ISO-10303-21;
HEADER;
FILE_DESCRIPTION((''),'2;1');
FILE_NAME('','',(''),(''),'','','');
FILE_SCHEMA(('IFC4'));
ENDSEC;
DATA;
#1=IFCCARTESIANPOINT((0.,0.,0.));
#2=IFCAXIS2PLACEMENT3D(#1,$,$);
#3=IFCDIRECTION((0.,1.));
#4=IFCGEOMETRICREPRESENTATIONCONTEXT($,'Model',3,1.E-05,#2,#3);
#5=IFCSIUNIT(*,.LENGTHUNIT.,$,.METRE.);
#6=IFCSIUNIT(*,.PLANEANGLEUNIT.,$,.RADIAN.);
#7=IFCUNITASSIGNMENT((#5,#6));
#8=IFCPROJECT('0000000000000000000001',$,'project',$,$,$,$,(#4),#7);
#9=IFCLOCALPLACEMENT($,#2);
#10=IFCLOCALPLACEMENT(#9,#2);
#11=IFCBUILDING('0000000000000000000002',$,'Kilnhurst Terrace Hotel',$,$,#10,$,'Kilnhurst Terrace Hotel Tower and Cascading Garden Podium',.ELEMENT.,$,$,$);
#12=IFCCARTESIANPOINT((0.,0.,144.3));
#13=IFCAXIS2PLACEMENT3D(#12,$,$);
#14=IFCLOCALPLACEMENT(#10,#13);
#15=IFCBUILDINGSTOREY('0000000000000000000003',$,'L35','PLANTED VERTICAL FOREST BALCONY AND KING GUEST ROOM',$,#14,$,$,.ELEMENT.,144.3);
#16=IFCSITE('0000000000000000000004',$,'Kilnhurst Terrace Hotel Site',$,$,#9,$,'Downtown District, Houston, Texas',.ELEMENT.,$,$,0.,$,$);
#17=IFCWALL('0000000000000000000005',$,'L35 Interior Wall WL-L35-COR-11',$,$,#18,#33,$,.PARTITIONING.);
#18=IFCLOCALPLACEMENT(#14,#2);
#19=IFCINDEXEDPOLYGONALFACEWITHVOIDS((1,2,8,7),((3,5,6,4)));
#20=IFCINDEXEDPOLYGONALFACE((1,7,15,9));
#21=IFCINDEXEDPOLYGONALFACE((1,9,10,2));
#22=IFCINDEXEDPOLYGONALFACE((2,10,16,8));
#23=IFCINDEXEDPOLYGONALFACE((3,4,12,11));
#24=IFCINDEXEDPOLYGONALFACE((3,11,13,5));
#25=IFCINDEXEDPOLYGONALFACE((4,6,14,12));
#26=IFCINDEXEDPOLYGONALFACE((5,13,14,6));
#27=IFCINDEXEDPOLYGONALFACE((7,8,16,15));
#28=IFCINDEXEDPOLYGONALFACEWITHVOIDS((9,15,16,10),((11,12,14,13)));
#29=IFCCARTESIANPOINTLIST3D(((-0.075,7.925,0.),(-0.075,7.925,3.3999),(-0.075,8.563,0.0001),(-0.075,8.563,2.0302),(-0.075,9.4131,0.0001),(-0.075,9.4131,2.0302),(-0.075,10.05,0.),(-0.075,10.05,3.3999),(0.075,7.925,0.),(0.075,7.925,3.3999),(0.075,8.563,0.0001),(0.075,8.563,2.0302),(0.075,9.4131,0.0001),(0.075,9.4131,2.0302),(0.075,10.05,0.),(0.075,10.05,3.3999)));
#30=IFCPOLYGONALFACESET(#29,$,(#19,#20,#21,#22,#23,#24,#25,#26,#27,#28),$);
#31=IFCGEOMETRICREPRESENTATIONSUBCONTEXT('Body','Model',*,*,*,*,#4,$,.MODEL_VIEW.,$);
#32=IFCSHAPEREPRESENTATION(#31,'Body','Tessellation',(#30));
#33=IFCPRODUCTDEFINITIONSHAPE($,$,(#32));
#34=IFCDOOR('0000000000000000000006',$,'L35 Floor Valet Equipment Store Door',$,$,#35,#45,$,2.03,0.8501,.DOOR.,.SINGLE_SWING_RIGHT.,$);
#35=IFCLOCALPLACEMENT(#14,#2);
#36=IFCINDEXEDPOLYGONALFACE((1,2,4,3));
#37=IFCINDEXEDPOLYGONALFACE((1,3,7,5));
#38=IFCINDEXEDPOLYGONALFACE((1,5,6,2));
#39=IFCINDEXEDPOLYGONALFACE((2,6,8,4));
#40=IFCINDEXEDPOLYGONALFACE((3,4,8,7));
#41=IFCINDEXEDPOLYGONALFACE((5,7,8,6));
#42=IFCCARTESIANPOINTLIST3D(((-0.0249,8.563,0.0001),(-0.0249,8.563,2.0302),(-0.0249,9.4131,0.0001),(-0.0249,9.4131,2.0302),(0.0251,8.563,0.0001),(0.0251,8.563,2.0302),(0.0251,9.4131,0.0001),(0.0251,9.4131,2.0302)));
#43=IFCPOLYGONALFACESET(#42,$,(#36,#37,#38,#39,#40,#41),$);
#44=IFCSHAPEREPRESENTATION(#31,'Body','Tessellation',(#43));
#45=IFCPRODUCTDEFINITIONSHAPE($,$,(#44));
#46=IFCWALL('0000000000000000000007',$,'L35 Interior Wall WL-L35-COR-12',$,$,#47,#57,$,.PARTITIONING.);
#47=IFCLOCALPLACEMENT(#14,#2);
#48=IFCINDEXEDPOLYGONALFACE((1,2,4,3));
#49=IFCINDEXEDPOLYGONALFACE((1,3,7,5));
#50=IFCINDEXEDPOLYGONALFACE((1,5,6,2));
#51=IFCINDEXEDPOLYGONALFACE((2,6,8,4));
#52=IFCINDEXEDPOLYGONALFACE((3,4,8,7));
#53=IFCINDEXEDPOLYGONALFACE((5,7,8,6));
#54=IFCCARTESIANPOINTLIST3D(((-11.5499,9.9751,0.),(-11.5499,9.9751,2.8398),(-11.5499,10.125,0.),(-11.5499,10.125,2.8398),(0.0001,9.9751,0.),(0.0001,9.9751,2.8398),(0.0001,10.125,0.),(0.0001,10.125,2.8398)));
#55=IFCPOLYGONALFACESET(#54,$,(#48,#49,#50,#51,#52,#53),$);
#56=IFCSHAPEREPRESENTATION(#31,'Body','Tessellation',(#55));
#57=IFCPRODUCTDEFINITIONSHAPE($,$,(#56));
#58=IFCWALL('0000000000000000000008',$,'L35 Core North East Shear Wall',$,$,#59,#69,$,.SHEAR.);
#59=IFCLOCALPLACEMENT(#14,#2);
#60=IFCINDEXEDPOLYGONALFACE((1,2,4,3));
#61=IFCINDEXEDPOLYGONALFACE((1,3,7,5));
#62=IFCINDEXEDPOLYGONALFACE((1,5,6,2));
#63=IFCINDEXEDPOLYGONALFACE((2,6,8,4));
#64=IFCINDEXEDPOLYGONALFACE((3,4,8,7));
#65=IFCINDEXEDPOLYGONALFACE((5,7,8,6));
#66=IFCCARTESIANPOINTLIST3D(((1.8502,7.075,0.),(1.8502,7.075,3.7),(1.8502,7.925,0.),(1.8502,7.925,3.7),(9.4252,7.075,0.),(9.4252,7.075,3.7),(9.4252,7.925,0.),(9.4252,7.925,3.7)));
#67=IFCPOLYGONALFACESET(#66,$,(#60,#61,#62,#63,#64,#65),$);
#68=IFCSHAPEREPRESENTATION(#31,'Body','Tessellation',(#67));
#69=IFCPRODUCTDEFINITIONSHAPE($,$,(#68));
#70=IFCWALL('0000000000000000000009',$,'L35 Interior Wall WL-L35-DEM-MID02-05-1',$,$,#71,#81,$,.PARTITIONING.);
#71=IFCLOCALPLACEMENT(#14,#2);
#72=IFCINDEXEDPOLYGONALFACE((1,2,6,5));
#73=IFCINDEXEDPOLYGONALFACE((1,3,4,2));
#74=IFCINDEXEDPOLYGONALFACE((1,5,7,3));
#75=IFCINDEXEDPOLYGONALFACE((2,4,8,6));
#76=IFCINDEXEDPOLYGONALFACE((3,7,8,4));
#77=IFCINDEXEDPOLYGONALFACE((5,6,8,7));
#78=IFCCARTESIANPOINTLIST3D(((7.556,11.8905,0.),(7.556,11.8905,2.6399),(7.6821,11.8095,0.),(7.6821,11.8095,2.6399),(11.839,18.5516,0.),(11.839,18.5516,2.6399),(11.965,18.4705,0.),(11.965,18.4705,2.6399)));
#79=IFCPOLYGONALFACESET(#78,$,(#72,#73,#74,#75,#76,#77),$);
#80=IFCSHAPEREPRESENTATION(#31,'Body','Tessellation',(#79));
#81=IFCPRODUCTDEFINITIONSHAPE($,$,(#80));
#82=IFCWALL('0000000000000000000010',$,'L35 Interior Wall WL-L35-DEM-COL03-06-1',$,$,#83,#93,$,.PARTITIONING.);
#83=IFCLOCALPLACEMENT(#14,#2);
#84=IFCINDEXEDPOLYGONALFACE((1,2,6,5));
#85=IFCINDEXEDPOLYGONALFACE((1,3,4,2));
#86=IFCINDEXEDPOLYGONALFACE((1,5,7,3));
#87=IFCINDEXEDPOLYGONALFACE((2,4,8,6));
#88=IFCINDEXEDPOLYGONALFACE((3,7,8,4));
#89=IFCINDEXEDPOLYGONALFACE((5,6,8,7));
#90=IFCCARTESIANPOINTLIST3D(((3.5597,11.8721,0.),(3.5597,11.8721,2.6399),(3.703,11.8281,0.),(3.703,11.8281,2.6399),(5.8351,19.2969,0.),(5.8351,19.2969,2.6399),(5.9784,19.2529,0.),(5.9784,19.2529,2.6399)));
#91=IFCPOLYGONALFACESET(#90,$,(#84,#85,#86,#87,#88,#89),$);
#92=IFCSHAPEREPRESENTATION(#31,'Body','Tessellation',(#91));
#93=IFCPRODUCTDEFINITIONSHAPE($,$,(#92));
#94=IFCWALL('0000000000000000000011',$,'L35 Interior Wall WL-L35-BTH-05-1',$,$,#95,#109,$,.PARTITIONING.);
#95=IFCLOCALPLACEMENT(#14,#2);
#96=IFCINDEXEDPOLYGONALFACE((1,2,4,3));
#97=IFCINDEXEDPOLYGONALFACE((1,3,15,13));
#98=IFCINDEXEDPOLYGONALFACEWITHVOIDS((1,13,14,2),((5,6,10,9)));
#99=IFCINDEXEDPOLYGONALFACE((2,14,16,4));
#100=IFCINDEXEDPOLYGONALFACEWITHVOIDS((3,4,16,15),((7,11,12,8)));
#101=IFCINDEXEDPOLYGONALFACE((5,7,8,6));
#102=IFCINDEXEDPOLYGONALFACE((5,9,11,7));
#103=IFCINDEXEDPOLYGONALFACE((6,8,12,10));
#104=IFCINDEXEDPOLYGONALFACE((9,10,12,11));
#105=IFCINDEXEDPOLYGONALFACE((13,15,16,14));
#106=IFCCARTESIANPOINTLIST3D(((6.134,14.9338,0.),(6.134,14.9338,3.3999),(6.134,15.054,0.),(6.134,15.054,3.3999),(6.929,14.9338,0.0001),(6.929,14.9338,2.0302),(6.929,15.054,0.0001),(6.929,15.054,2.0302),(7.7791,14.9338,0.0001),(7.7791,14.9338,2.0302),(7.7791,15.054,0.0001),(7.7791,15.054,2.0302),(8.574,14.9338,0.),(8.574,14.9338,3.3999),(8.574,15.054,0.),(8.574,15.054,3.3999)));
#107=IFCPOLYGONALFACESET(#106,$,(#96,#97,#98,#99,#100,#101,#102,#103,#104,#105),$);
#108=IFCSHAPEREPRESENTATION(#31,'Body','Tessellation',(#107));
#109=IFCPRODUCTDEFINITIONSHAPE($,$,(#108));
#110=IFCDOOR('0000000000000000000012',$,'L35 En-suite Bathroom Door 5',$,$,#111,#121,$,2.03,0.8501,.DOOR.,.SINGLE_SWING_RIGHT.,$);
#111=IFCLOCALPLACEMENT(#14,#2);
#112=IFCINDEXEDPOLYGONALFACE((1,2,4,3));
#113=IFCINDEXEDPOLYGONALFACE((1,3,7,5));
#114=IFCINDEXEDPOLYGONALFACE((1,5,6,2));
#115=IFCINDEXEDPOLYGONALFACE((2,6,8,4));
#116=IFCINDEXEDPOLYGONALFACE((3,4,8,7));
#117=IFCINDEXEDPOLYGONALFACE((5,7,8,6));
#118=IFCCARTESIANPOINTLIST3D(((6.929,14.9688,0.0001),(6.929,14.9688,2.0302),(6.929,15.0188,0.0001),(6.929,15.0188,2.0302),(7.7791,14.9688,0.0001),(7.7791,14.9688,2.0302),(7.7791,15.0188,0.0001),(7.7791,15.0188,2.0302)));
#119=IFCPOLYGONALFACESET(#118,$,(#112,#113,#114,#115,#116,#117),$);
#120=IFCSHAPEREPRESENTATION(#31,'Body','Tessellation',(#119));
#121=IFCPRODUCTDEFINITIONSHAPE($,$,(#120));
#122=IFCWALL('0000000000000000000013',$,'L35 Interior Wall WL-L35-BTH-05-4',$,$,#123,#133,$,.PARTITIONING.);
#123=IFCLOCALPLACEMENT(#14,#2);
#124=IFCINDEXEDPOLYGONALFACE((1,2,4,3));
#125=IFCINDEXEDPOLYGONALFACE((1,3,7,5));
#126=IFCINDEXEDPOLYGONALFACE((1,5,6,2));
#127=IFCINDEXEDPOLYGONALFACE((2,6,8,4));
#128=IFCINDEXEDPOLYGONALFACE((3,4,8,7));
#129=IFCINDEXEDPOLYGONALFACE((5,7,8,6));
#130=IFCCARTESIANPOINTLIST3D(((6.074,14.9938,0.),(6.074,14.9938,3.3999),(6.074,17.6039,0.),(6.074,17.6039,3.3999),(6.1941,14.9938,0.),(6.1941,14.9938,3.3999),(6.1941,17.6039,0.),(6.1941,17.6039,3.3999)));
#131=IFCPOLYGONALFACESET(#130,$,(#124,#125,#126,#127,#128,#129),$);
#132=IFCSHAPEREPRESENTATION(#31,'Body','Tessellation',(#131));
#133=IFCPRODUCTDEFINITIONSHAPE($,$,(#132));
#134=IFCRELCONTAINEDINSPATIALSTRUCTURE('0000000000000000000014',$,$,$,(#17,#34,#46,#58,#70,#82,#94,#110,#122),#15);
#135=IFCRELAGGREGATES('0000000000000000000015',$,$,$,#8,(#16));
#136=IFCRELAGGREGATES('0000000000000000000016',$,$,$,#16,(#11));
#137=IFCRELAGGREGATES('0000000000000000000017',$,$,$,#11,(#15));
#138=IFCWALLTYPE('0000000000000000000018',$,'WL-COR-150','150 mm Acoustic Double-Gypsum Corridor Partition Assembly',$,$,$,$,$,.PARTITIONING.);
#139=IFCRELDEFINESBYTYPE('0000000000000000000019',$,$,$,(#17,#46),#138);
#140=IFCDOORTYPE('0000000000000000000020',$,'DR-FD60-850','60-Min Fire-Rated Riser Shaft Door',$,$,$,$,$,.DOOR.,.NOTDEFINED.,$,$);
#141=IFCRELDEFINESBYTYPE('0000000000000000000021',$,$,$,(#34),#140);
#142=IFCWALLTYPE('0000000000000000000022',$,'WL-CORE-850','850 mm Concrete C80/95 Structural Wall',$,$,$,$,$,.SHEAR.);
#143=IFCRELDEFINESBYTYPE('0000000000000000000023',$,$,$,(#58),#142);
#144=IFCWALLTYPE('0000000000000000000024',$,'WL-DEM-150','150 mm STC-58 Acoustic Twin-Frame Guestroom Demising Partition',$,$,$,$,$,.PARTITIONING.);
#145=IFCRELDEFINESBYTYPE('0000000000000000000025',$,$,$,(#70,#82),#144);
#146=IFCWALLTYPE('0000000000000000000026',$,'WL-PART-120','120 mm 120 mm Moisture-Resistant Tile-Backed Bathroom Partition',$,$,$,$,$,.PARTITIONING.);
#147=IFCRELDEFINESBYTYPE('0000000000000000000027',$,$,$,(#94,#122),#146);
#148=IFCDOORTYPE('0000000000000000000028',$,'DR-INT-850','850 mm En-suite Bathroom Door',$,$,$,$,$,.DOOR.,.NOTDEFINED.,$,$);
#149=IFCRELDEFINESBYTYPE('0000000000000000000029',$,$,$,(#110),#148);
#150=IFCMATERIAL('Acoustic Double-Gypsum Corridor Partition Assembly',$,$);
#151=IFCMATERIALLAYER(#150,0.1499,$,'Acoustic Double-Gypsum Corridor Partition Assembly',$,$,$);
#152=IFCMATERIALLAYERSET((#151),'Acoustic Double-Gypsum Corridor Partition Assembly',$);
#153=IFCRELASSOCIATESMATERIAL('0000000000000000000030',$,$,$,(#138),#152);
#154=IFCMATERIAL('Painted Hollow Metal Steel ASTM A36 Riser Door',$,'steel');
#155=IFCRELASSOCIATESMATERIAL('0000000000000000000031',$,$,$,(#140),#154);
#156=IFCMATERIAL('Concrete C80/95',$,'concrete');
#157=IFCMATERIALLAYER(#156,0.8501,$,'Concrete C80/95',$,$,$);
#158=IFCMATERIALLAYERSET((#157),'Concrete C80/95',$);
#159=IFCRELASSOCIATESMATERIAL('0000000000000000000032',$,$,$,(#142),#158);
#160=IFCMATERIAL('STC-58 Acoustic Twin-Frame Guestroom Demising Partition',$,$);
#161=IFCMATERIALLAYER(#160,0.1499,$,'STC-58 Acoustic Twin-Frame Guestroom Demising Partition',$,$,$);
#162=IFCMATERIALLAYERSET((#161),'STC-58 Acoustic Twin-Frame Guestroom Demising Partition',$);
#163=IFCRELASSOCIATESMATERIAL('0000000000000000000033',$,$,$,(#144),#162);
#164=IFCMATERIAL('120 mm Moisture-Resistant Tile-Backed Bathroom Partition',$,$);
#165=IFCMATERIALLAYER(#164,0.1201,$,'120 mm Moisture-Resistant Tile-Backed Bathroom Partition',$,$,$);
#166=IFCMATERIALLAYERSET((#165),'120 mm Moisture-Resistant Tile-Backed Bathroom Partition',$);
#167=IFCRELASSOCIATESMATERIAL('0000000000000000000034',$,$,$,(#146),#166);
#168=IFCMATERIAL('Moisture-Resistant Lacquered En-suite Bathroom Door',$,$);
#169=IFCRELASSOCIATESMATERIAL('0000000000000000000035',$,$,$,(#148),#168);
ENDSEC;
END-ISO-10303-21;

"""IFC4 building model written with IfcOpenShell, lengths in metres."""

from ifc_helpers import new_model, si_unit, direction, frame, frame_2d, origin, place, context, subcontext, project, spatial, rectangle, extrude, material, layer, layer_set, type_object, element, fill, save


model = new_model("IFC4")

# Units and contexts
model_context = context("Model", 3, precision=1e-05, world=origin(), true_north=direction((0.0, 1.0)))
body_context = subcontext(model_context, "Body", "Model", "MODEL_VIEW")
ifc_project = project(units=[si_unit("LENGTHUNIT", "METRE"), si_unit("PLANEANGLEUNIT", "RADIAN")], contexts=[model_context])

# Site, building, storey
site_placement = place(None, origin())
site = spatial("IfcSite", under=ifc_project, at=site_placement, Name="Kilnhurst Terrace Hotel Site", LongName="Downtown District, Houston, Texas", CompositionType="ELEMENT", RefElevation=0.0)
building_placement = place(site_placement, origin())
building = spatial("IfcBuilding", under=site, at=building_placement, Name="Kilnhurst Terrace Hotel", LongName="Kilnhurst Terrace Hotel Tower and Cascading Garden Podium", CompositionType="ELEMENT")
storey_placement = place(building_placement, frame((0.0, 0.0, 144.3)))
storey = spatial("IfcBuildingStorey", under=building, at=storey_placement, Name="L35", Description="PLANTED VERTICAL FOREST BALCONY AND KING GUEST ROOM", CompositionType="ELEMENT", Elevation=144.3)

# Shared definitions
ifc_material_1 = material(Name="Concrete C80/95", Category="concrete")

# Shared definitions
ifc_material_2 = material(Name="Acoustic Double-Gypsum Corridor Partition Assembly")
ifc_layer_1 = layer(ifc_material_2, 0.1499, Name="Acoustic Double-Gypsum Corridor Partition Assembly")
ifc_layer_set_1 = layer_set([ifc_layer_1], Name="Acoustic Double-Gypsum Corridor Partition Assembly")
wall_type_1 = type_object("IfcWallType", Name="WL-COR-150", Description="150 mm Acoustic Double-Gypsum Corridor Partition Assembly", PredefinedType="PARTITIONING", material=ifc_layer_set_1)

# Wall, opening, door
wall_1_placement = place(storey_placement, frame((0.0, 7.925, 0.0), z_axis=(0.0, 0.0, 1.0), x_axis=(0.0, 1.0, 0.0)))
wall_1 = element("IfcWall", 1, at=wall_1_placement, inside=storey, type_object=wall_type_1, Name="L35 Interior Wall WL-L35-COR-11", PredefinedType="PARTITIONING", context=body_context, shape_type="SweptSolid", body=[
    extrude(rectangle(XDim=2.125, YDim=0.1499, at=frame_2d((1.0625, 0.0))), origin(), (0.0, 0.0, 1.0), 3.3999),
])
opening_1_placement = place(wall_1_placement, frame((0.6379, 0.0, 0.0)))
opening_1 = element("IfcOpeningElement", 2, at=opening_1_placement, cuts=wall_1, PredefinedType="OPENING", context=body_context, shape_type="SweptSolid", body=[
    extrude(rectangle(XDim=0.8501, YDim=2.03, at=frame_2d((0.425, 1.0151))), frame((0.0, 0.085, 0.0), z_axis=(0.0, -1.0, 0.0), x_axis=(1.0, 0.0, 0.0)), (0.0, 0.0, 1.0), 0.1699),
])
ifc_material_3 = material(Name="Painted Hollow Metal Steel ASTM A36 Riser Door", Category="steel")
door_type_1 = type_object("IfcDoorType", Name="DR-FD60-850", Description="60-Min Fire-Rated Riser Shaft Door", OperationType="NOTDEFINED", PredefinedType="DOOR", material=ifc_material_3)
door_1_placement = place(opening_1_placement, origin())
door_1 = element("IfcDoor", 3, at=door_1_placement, inside=storey, type_object=door_type_1, Name="L35 Floor Valet Equipment Store Door", OperationType="SINGLE_SWING_RIGHT", OverallHeight=2.03, OverallWidth=0.8501, PredefinedType="DOOR", context=body_context, shape_type="SweptSolid", body=[
    extrude(rectangle(XDim=0.8501, YDim=2.03, at=frame_2d((0.425, 1.0151))), frame((0.0, 0.0249, 0.0), z_axis=(0.0, -1.0, 0.0), x_axis=(1.0, 0.0, 0.0)), (0.0, 0.0, 1.0), 0.05),
])
fill(opening_1, door_1)

# Walls
wall_2_placement = place(storey_placement, frame((0.0, 10.05, 0.0), z_axis=(0.0, 0.0, 1.0), x_axis=(-1.0, 0.0, 0.0)))
element("IfcWall", 4, at=wall_2_placement, inside=storey, type_object=wall_type_1, Name="L35 Interior Wall WL-L35-COR-12", PredefinedType="PARTITIONING", context=body_context, shape_type="SweptSolid", body=[
    extrude(rectangle(XDim=11.55, YDim=0.1499, at=frame_2d((5.7749, 0.0))), origin(), (0.0, 0.0, 1.0), 2.8398),
])
ifc_layer_2 = layer(ifc_material_1, 0.8501, Name="Concrete C80/95")
ifc_layer_set_2 = layer_set([ifc_layer_2], Name="Concrete C80/95")
wall_type_2 = type_object("IfcWallType", Name="WL-CORE-850", Description="850 mm Concrete C80/95 Structural Wall", PredefinedType="SHEAR", material=ifc_layer_set_2)
wall_3_placement = place(storey_placement, frame((1.8501, 7.5, 0.0), z_axis=(0.0, 0.0, 1.0), x_axis=(1.0, 0.0, 0.0)))
element("IfcWall", 5, at=wall_3_placement, inside=storey, type_object=wall_type_2, Name="L35 Core North East Shear Wall", PredefinedType="SHEAR", context=body_context, shape_type="SweptSolid", body=[
    extrude(rectangle(XDim=7.575, YDim=0.8501, at=frame_2d((3.7876, 0.0))), origin(), (0.0, 0.0, 1.0), 3.7),
])
ifc_material_4 = material(Name="STC-58 Acoustic Twin-Frame Guestroom Demising Partition")
ifc_layer_3 = layer(ifc_material_4, 0.1499, Name="STC-58 Acoustic Twin-Frame Guestroom Demising Partition")
ifc_layer_set_3 = layer_set([ifc_layer_3], Name="STC-58 Acoustic Twin-Frame Guestroom Demising Partition")
wall_type_3 = type_object("IfcWallType", Name="WL-DEM-150", Description="150 mm STC-58 Acoustic Twin-Frame Guestroom Demising Partition", PredefinedType="PARTITIONING", material=ifc_layer_set_3)
wall_4_placement = place(storey_placement, frame((7.6191, 11.8501, 0.0), z_axis=(0.0, 0.0, 1.0), x_axis=(0.540829, 0.841132, 0.0)))
element("IfcWall", 6, at=wall_4_placement, inside=storey, type_object=wall_type_3, Name="L35 Interior Wall WL-L35-DEM-MID02-05-1", PredefinedType="PARTITIONING", context=body_context, shape_type="SweptSolid", body=[
    extrude(rectangle(XDim=7.9192, YDim=0.1499, at=frame_2d((3.9595, 0.0))), origin(), (0.0, 0.0, 1.0), 2.6399),
])
wall_5_placement = place(storey_placement, frame((3.6313, 11.8501, 0.0), z_axis=(0.0, 0.0, 1.0), x_axis=(0.293008, 0.95611, 0.0)))
element("IfcWall", 7, at=wall_5_placement, inside=storey, type_object=wall_type_3, Name="L35 Interior Wall WL-L35-DEM-COL03-06-1", PredefinedType="PARTITIONING", context=body_context, shape_type="SweptSolid", body=[
    extrude(rectangle(XDim=7.7656, YDim=0.1499, at=frame_2d((3.8828, 0.0))), origin(), (0.0, 0.0, 1.0), 2.6399),
])

# Wall, opening, door
ifc_material_5 = material(Name="120 mm Moisture-Resistant Tile-Backed Bathroom Partition")
ifc_layer_4 = layer(ifc_material_5, 0.1201, Name="120 mm Moisture-Resistant Tile-Backed Bathroom Partition")
ifc_layer_set_4 = layer_set([ifc_layer_4], Name="120 mm Moisture-Resistant Tile-Backed Bathroom Partition")
wall_type_4 = type_object("IfcWallType", Name="WL-PART-120", Description="120 mm 120 mm Moisture-Resistant Tile-Backed Bathroom Partition", PredefinedType="PARTITIONING", material=ifc_layer_set_4)
wall_6_placement = place(storey_placement, frame((6.134, 14.9939, 0.0), z_axis=(0.0, 0.0, 1.0), x_axis=(1.0, 0.0, 0.0)))
wall_6 = element("IfcWall", 8, at=wall_6_placement, inside=storey, type_object=wall_type_4, Name="L35 Interior Wall WL-L35-BTH-05-1", PredefinedType="PARTITIONING", context=body_context, shape_type="SweptSolid", body=[
    extrude(rectangle(XDim=2.4399, YDim=0.1201, at=frame_2d((1.22, 0.0))), origin(), (0.0, 0.0, 1.0), 3.3999),
])
opening_2_placement = place(wall_6_placement, frame((0.7949, 0.0, 0.0)))
opening_2 = element("IfcOpeningElement", 9, at=opening_2_placement, cuts=wall_6, PredefinedType="OPENING", context=body_context, shape_type="SweptSolid", body=[
    extrude(rectangle(XDim=0.8501, YDim=2.03, at=frame_2d((0.425, 1.0151))), frame((0.0, 0.0701, 0.0), z_axis=(0.0, -1.0, 0.0), x_axis=(1.0, 0.0, 0.0)), (0.0, 0.0, 1.0), 0.1401),
])
ifc_material_6 = material(Name="Moisture-Resistant Lacquered En-suite Bathroom Door")
door_type_2 = type_object("IfcDoorType", Name="DR-INT-850", Description="850 mm En-suite Bathroom Door", OperationType="NOTDEFINED", PredefinedType="DOOR", material=ifc_material_6)
door_2_placement = place(opening_2_placement, origin())
door_2 = element("IfcDoor", 10, at=door_2_placement, inside=storey, type_object=door_type_2, Name="L35 En-suite Bathroom Door 5", OperationType="SINGLE_SWING_RIGHT", OverallHeight=2.03, OverallWidth=0.8501, PredefinedType="DOOR", context=body_context, shape_type="SweptSolid", body=[
    extrude(rectangle(XDim=0.8501, YDim=2.03, at=frame_2d((0.425, 1.0151))), frame((0.0, 0.0249, 0.0), z_axis=(0.0, -1.0, 0.0), x_axis=(1.0, 0.0, 0.0)), (0.0, 0.0, 1.0), 0.05),
])
fill(opening_2, door_2)

# Wall
wall_7_placement = place(storey_placement, frame((6.134, 17.604, 0.0), z_axis=(0.0, 0.0, 1.0), x_axis=(0.0, -1.0, 0.0)))
element("IfcWall", 11, at=wall_7_placement, inside=storey, type_object=wall_type_4, Name="L35 Interior Wall WL-L35-BTH-05-4", PredefinedType="PARTITIONING", context=body_context, shape_type="SweptSolid", body=[
    extrude(rectangle(XDim=2.6101, YDim=0.1201, at=frame_2d((1.3052, 0.0))), origin(), (0.0, 0.0, 1.0), 3.3999),
])

save(model, "model.ifc")
